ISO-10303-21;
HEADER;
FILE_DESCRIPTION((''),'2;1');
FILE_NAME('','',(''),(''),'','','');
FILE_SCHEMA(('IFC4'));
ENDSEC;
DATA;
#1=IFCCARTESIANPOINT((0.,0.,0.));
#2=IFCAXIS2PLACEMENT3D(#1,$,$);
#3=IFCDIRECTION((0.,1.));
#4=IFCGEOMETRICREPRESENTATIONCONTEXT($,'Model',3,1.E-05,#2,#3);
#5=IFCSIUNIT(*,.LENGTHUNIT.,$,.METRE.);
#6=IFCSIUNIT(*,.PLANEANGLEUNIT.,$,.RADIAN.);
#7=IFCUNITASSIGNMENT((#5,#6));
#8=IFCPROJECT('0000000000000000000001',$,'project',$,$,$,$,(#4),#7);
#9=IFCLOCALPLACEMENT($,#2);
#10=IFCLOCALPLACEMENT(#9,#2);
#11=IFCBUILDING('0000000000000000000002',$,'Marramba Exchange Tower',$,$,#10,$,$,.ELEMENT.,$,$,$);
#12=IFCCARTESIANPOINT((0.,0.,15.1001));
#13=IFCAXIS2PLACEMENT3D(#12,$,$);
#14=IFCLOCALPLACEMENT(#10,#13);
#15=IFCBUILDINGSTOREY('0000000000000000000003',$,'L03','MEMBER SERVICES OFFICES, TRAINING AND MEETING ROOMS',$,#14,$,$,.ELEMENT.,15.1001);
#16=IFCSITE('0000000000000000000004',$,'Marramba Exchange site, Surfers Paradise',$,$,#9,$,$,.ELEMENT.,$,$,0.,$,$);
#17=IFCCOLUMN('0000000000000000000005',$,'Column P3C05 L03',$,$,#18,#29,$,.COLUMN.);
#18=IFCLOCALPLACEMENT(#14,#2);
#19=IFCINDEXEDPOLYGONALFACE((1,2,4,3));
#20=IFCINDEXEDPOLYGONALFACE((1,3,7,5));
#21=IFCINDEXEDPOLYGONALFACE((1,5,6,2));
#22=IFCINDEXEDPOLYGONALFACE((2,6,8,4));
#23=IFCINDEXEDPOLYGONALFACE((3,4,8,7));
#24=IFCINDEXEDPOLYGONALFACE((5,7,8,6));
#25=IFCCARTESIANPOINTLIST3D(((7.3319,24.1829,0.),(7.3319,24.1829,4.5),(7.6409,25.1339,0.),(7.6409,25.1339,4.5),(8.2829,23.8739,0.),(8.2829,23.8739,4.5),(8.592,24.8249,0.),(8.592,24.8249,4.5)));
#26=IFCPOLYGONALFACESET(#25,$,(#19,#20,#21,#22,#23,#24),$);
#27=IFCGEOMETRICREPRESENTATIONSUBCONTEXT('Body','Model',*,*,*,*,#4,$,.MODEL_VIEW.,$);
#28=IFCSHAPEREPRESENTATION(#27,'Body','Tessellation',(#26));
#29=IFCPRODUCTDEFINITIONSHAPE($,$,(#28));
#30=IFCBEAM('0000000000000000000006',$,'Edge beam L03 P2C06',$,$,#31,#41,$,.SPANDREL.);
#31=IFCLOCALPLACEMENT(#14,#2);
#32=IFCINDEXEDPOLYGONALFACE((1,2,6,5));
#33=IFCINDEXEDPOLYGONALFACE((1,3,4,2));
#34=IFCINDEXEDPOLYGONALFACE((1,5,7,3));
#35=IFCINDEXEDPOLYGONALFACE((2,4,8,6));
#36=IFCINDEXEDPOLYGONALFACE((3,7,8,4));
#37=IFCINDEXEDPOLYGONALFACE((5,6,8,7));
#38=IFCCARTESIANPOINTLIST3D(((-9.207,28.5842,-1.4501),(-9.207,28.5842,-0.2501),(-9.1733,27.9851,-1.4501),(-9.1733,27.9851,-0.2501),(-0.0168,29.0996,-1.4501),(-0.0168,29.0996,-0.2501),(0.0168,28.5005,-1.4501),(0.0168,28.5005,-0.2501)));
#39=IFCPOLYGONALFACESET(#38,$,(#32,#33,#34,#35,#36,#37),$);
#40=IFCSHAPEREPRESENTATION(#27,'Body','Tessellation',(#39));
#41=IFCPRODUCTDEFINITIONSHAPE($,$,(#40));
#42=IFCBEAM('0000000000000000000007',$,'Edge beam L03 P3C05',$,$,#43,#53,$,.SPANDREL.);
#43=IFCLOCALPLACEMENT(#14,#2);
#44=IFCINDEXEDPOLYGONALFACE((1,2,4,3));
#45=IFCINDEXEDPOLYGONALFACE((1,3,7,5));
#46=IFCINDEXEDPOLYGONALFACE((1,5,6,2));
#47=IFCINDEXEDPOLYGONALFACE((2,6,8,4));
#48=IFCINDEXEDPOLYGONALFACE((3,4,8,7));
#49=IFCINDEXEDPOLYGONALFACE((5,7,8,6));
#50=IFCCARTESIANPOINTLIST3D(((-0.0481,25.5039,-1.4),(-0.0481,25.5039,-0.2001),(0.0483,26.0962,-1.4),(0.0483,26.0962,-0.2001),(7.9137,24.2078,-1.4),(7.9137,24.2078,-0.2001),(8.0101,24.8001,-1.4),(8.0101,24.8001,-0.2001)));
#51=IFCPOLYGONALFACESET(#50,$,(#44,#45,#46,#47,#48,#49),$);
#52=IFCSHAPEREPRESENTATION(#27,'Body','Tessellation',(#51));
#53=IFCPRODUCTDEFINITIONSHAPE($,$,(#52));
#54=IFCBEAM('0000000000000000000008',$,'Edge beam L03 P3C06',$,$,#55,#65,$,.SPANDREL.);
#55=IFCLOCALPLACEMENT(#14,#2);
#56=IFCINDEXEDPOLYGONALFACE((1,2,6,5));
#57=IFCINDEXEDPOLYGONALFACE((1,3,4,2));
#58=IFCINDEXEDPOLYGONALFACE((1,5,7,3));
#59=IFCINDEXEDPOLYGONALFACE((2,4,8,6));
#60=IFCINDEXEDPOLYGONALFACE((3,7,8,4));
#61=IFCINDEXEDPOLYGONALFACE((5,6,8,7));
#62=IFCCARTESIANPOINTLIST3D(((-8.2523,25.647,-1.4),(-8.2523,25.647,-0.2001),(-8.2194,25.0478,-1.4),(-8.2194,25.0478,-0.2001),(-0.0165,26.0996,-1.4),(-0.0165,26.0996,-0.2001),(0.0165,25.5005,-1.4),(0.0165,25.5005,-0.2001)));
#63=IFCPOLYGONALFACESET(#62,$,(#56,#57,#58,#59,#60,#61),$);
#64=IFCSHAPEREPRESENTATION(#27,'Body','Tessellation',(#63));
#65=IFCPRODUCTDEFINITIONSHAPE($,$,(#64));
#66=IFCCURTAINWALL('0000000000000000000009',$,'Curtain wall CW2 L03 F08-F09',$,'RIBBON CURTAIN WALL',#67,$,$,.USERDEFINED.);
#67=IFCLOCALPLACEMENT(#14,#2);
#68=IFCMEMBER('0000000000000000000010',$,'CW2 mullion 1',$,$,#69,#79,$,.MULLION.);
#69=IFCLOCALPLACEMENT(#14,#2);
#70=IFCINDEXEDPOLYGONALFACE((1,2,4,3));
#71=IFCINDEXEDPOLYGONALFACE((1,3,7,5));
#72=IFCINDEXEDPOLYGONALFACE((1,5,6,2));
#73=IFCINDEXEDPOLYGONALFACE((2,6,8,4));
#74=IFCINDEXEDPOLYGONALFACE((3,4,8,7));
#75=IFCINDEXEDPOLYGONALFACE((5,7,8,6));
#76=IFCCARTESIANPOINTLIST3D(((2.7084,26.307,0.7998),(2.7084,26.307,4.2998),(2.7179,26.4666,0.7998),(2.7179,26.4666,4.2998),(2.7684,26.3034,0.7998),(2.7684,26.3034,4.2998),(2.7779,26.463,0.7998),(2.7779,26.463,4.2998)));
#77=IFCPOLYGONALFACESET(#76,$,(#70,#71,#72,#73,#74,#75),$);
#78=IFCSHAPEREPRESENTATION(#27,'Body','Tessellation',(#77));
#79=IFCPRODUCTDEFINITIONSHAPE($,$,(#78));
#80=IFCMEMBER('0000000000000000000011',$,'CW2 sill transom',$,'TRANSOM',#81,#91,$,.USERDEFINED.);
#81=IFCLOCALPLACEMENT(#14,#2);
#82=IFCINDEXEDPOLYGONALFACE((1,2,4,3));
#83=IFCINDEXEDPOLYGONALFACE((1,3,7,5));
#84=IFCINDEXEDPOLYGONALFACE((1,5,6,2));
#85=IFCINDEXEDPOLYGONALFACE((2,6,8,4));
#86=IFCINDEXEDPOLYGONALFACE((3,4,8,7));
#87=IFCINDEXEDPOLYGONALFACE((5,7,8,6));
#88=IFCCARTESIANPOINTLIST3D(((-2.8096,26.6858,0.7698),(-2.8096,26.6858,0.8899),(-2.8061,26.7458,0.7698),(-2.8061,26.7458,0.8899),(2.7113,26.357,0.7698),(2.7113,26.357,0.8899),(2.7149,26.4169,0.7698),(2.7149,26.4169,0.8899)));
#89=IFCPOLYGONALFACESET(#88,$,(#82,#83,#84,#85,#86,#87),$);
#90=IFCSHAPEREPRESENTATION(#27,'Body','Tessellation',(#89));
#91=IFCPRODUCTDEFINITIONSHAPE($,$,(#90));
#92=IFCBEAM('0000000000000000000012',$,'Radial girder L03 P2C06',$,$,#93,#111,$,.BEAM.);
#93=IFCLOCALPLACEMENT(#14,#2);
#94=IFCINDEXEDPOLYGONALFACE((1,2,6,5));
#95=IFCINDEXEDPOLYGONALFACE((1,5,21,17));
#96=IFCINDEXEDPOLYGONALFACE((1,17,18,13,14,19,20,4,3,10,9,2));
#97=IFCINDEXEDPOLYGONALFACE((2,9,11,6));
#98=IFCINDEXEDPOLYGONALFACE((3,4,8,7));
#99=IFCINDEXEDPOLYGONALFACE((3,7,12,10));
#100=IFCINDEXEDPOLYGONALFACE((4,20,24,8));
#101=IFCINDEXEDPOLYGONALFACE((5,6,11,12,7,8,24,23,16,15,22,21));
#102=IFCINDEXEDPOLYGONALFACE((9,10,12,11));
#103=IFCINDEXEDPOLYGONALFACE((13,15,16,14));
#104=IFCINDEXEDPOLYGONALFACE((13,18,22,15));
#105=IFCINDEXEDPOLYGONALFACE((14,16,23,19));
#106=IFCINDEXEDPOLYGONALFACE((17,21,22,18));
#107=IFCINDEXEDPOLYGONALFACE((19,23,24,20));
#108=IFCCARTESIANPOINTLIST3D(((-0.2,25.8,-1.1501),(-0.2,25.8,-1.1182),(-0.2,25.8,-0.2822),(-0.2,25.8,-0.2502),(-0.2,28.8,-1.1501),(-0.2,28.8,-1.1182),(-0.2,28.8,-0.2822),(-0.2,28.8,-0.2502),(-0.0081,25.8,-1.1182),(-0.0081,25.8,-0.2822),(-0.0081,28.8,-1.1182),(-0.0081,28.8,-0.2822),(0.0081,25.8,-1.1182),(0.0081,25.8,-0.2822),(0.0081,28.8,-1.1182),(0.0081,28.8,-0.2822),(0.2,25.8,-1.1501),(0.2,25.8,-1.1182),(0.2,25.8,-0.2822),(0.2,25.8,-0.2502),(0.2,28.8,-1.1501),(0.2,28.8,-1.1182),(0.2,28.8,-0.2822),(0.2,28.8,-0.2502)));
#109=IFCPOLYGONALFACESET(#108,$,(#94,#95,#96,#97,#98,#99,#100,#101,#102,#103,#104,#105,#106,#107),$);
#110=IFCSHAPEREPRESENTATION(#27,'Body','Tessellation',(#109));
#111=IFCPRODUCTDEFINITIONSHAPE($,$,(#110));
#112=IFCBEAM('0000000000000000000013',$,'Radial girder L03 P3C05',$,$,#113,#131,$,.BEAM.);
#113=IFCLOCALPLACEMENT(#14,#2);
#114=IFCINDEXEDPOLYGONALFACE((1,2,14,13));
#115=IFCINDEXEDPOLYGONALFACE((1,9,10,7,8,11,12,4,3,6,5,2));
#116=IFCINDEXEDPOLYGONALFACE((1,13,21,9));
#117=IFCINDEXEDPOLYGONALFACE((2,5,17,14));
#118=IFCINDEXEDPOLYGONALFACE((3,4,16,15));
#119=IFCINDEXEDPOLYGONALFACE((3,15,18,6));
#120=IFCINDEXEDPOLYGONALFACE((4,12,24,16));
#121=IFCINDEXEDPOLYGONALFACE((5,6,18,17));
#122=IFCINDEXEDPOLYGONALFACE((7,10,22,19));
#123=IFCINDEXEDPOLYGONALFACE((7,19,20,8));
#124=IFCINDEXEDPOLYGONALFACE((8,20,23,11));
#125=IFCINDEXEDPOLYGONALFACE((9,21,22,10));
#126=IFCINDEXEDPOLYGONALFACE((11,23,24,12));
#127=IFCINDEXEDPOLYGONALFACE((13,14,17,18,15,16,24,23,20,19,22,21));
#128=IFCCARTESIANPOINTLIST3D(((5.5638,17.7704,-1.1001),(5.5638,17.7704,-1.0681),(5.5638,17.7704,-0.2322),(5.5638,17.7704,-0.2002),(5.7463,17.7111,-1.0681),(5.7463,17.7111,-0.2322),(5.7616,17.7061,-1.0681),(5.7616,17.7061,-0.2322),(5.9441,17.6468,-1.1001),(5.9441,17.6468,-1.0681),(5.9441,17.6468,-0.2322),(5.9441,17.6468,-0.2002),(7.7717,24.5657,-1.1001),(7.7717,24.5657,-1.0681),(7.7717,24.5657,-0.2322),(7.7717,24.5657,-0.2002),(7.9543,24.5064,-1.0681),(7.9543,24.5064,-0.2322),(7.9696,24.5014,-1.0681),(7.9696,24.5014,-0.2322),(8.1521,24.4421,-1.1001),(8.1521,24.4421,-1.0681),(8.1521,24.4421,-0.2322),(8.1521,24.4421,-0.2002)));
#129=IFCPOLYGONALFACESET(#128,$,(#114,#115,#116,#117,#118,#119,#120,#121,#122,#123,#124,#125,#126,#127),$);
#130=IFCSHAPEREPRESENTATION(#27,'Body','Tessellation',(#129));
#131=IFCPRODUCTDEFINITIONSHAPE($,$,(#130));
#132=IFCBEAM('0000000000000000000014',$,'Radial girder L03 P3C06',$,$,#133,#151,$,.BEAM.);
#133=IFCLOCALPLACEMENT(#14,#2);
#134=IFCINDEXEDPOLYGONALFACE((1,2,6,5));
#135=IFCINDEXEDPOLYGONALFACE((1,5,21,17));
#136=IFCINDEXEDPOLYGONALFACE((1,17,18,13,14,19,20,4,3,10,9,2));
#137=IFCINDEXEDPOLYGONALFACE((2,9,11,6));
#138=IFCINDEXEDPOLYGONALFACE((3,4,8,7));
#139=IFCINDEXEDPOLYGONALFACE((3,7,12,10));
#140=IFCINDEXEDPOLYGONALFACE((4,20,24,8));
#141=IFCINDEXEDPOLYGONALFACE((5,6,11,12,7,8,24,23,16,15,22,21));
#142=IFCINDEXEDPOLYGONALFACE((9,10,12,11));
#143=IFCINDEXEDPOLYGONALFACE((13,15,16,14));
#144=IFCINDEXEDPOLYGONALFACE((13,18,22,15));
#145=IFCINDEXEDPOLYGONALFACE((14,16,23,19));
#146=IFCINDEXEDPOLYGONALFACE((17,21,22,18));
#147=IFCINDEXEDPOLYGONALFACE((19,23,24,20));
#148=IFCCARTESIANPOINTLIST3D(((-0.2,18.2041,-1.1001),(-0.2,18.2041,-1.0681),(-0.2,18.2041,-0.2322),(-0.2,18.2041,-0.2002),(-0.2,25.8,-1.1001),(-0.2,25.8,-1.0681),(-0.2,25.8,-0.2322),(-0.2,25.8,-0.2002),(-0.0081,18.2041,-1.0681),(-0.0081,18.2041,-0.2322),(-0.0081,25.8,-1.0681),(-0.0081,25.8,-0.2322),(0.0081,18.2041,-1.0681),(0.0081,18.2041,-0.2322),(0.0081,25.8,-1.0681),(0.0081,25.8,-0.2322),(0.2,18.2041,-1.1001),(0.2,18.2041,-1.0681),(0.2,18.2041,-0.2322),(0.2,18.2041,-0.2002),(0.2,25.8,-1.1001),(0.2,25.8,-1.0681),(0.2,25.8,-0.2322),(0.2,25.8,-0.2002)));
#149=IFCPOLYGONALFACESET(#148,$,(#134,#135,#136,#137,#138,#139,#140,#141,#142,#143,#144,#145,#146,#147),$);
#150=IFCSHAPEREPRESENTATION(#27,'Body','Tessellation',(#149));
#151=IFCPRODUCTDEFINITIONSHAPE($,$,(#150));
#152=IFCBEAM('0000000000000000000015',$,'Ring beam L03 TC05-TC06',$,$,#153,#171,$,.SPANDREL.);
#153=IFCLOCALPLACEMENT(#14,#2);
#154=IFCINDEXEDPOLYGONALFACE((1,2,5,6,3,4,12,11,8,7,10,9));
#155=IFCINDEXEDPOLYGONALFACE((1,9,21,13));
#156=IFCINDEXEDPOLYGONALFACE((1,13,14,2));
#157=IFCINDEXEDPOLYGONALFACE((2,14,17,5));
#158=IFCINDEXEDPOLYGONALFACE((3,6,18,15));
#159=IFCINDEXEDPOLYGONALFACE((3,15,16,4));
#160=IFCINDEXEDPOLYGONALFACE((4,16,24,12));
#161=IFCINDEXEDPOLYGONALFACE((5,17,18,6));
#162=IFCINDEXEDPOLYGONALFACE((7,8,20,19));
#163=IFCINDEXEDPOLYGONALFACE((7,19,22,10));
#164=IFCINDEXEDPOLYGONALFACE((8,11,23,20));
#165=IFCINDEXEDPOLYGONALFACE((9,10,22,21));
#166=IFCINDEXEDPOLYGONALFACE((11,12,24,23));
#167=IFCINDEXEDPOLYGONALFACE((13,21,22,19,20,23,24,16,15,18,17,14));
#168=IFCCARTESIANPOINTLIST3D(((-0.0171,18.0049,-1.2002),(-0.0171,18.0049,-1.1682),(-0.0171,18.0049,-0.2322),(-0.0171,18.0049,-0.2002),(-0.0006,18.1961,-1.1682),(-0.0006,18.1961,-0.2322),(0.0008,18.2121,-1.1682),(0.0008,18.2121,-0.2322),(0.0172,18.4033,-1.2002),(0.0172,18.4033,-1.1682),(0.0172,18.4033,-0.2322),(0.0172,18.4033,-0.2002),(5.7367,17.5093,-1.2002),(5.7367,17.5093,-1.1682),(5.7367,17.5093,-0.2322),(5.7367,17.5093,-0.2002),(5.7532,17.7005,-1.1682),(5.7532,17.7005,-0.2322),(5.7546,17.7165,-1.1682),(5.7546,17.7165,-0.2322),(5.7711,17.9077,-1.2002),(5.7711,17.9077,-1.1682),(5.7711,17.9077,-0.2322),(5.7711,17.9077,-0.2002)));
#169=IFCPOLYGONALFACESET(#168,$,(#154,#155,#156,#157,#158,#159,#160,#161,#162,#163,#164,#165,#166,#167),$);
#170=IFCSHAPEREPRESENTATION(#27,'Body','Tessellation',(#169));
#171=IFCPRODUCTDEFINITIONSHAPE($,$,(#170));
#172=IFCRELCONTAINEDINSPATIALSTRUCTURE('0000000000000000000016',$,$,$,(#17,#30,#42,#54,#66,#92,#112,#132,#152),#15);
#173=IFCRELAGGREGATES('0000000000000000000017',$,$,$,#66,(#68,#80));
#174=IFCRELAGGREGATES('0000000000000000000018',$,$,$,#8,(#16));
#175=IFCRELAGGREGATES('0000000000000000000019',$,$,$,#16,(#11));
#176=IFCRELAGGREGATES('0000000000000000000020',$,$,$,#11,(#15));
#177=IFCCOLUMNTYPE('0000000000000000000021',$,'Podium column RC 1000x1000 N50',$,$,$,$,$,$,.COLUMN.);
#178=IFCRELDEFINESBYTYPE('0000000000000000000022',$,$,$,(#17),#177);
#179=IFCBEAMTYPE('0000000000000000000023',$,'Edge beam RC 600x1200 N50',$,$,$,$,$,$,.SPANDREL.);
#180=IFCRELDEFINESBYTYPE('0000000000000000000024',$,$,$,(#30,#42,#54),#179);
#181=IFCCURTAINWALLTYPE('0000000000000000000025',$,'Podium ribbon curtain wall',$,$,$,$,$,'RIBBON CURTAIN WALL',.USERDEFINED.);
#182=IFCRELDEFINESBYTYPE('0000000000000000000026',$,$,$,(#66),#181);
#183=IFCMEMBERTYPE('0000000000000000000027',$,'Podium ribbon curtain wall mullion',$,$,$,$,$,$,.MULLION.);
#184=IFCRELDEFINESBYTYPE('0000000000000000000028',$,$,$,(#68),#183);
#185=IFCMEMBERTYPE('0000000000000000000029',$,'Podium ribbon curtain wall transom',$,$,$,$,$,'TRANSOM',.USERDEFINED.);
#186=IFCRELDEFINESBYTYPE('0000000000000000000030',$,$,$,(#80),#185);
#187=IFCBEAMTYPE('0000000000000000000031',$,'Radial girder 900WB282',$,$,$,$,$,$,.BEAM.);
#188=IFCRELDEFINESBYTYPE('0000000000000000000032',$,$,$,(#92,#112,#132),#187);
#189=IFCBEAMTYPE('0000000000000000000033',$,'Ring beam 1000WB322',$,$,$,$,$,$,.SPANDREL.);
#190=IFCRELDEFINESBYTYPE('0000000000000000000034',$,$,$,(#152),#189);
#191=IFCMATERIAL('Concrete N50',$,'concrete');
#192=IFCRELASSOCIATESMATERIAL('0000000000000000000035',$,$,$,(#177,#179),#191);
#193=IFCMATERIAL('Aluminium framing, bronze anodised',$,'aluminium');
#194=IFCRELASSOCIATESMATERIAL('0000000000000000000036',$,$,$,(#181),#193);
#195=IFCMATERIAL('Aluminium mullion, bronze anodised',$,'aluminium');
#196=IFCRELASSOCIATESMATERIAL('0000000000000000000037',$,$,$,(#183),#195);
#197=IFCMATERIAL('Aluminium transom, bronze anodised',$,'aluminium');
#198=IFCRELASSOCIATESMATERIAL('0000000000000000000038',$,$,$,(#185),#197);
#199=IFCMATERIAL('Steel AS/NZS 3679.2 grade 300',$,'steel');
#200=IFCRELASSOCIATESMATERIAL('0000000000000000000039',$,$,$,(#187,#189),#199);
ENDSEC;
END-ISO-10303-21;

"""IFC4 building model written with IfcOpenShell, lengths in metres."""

from ifc_helpers import new_model, si_unit, direction, frame, origin, origin_2d, place, context, subcontext, project, spatial, rectangle, i_section, extrude, material, material_profile, profile_set, type_object, element, aggregate, save


model = new_model("IFC4")

# Units and contexts
model_context = context("Model", 3, precision=1e-05, world=origin(), true_north=direction((0.0, 1.0)))
body_context = subcontext(model_context, "Body", "Model", "MODEL_VIEW")
ifc_project = project(units=[si_unit("LENGTHUNIT", "METRE"), si_unit("PLANEANGLEUNIT", "RADIAN")], contexts=[model_context])

# Site, building, storey
site_placement = place(None, origin())
site = spatial("IfcSite", under=ifc_project, at=site_placement, Name="Marramba Exchange site, Surfers Paradise", CompositionType="ELEMENT", RefElevation=0.0)
building_placement = place(site_placement, origin())
building = spatial("IfcBuilding", under=site, at=building_placement, Name="Marramba Exchange Tower", CompositionType="ELEMENT")
storey_placement = place(building_placement, frame((0.0, 0.0, 15.1001)))
storey = spatial("IfcBuildingStorey", under=building, at=storey_placement, Name="L03", Description="MEMBER SERVICES OFFICES, TRAINING AND MEETING ROOMS", CompositionType="ELEMENT", Elevation=15.1001)

# Column
ifc_material_1 = material(Name="Concrete N50", Category="concrete")
ifc_material_profile_1 = material_profile(ifc_material_1, rectangle(XDim=1.0, YDim=1.0, at=origin_2d()), Name="RC 1000x1000")
ifc_profile_set_1 = profile_set([ifc_material_profile_1], Name="Concrete N50")
column_type = type_object("IfcColumnType", Name="Podium column RC 1000x1000 N50", PredefinedType="COLUMN", material=ifc_profile_set_1)
column_placement = place(storey_placement, frame((7.9619, 24.5039, 0.0), z_axis=(0.0, 0.0, 1.0), x_axis=(0.309017, 0.951057, 0.0)))
element("IfcColumn", 1, at=column_placement, inside=storey, type_object=column_type, Name="Column P3C05 L03", PredefinedType="COLUMN", context=body_context, shape_type="SweptSolid", body=[
    extrude(rectangle(XDim=1.0, YDim=1.0, at=origin_2d()), origin(), (0.0, 0.0, 1.0), 4.5),
])

# Beams
ifc_material_profile_2 = material_profile(ifc_material_1, rectangle(XDim=0.6001, YDim=1.2, at=origin_2d()), Name="RC 600x1200")
ifc_profile_set_2 = profile_set([ifc_material_profile_2], Name="Concrete N50")
beam_type_1 = type_object("IfcBeamType", Name="Edge beam RC 600x1200 N50", PredefinedType="SPANDREL", material=ifc_profile_set_2)
beam_1_placement = place(storey_placement, frame((0.0, 28.8, -0.8501), z_axis=(-0.998431, -0.055992, 0.0), x_axis=(0.055992, -0.998431, 0.0)))
element("IfcBeam", 2, at=beam_1_placement, inside=storey, type_object=beam_type_1, Name="Edge beam L03 P2C06", PredefinedType="SPANDREL", context=body_context, shape_type="SweptSolid", body=[
    extrude(rectangle(XDim=0.6001, YDim=1.2, at=origin_2d()), origin(), (0.0, 0.0, 1.0), 9.2046),
])
beam_2_placement = place(storey_placement, frame((7.9619, 24.5039, -0.8), z_axis=(-0.987007, 0.160678, 0.0), x_axis=(-0.160678, -0.987007, 0.0)))
element("IfcBeam", 3, at=beam_2_placement, inside=storey, type_object=beam_type_1, Name="Edge beam L03 P3C05", PredefinedType="SPANDREL", context=body_context, shape_type="SweptSolid", body=[
    extrude(rectangle(XDim=0.6001, YDim=1.2, at=origin_2d()), origin(), (0.0, 0.0, 1.0), 8.0667),
])
beam_3_placement = place(storey_placement, frame((0.0, 25.8, -0.8), z_axis=(-0.998493, -0.054877, 0.0), x_axis=(0.054877, -0.998493, 0.0)))
element("IfcBeam", 4, at=beam_3_placement, inside=storey, type_object=beam_type_1, Name="Edge beam L03 P3C06", PredefinedType="SPANDREL", context=body_context, shape_type="SweptSolid", body=[
    extrude(rectangle(XDim=0.6001, YDim=1.2, at=origin_2d()), origin(), (0.0, 0.0, 1.0), 8.2483),
])

# Curtain wall, members
ifc_material_2 = material(Name="Aluminium framing, bronze anodised", Category="aluminium")
curtain_wall_type = type_object("IfcCurtainWallType", Name="Podium ribbon curtain wall", ElementType="RIBBON CURTAIN WALL", PredefinedType="USERDEFINED", material=ifc_material_2)
curtain_wall_placement = place(storey_placement, origin())
curtain_wall = element("IfcCurtainWall", 5, at=curtain_wall_placement, inside=storey, type_object=curtain_wall_type, Name="Curtain wall CW2 L03 F08-F09", ObjectType="RIBBON CURTAIN WALL", PredefinedType="USERDEFINED")
ifc_material_3 = material(Name="Aluminium mullion, bronze anodised", Category="aluminium")
ifc_material_profile_3 = material_profile(ifc_material_3, rectangle(XDim=0.1599, YDim=0.0601, at=origin_2d()), Name="CW2 mullion 60x160")
ifc_profile_set_3 = profile_set([ifc_material_profile_3], Name="Aluminium mullion, bronze anodised")
member_type_1 = type_object("IfcMemberType", Name="Podium ribbon curtain wall mullion", PredefinedType="MULLION", material=ifc_profile_set_3)
member_1_placement = place(storey_placement, frame((2.7432, 26.385, 0.7998), z_axis=(0.0, 0.0, 1.0), x_axis=(-0.059468, -0.99823, 0.0)))
member_1 = element("IfcMember", 6, at=member_1_placement, type_object=member_type_1, Name="CW2 mullion 1", PredefinedType="MULLION", context=body_context, shape_type="SweptSolid", body=[
    extrude(rectangle(XDim=0.1599, YDim=0.0601, at=origin_2d()), origin(), (0.0, 0.0, 1.0), 3.5),
])
ifc_material_4 = material(Name="Aluminium transom, bronze anodised", Category="aluminium")
ifc_material_profile_4 = material_profile(ifc_material_4, rectangle(XDim=0.0601, YDim=0.1201, at=origin_2d()), Name="CW2 transom 60x120")
ifc_profile_set_4 = profile_set([ifc_material_profile_4], Name="Aluminium transom, bronze anodised")
member_type_2 = type_object("IfcMemberType", Name="Podium ribbon curtain wall transom", ElementType="TRANSOM", PredefinedType="USERDEFINED", material=ifc_profile_set_4)
member_2_placement = place(storey_placement, frame((2.7131, 26.387, 0.8298), z_axis=(-0.998231, 0.059459, 0.0), x_axis=(-0.059459, -0.998231, 0.0)))
member_2 = element("IfcMember", 7, at=member_2_placement, type_object=member_type_2, Name="CW2 sill transom", ObjectType="TRANSOM", PredefinedType="USERDEFINED", context=body_context, shape_type="SweptSolid", body=[
    extrude(rectangle(XDim=0.0601, YDim=0.1201, at=origin_2d()), origin(), (0.0, 0.0, 1.0), 5.5308),
])
aggregate(curtain_wall, [member_1, member_2])

# Beams
ifc_material_5 = material(Name="Steel AS/NZS 3679.2 grade 300", Category="steel")
ifc_material_profile_5 = material_profile(ifc_material_5, i_section(OverallWidth=0.3999, OverallDepth=0.8999, WebThickness=0.0161, FlangeThickness=0.032, at=origin_2d()), Name="900WB282")
ifc_profile_set_5 = profile_set([ifc_material_profile_5], Name="Steel AS/NZS 3679.2 grade 300")
beam_type_2 = type_object("IfcBeamType", Name="Radial girder 900WB282", PredefinedType="BEAM", material=ifc_profile_set_5)
beam_4_placement = place(storey_placement, frame((0.0, 28.8, -0.7002), z_axis=(0.0, -1.0, 0.0), x_axis=(1.0, 0.0, 0.0)))
element("IfcBeam", 8, at=beam_4_placement, inside=storey, type_object=beam_type_2, Name="Radial girder L03 P2C06", PredefinedType="BEAM", context=body_context, shape_type="SweptSolid", body=[
    extrude(i_section(OverallWidth=0.3999, OverallDepth=0.8999, WebThickness=0.0161, FlangeThickness=0.032, at=origin_2d()), origin(), (0.0, 0.0, 1.0), 3.0),
])
beam_5_placement = place(storey_placement, frame((7.9619, 24.5039, -0.6501), z_axis=(-0.309023, -0.951055, 0.0), x_axis=(0.951055, -0.309023, 0.0)))
element("IfcBeam", 9, at=beam_5_placement, inside=storey, type_object=beam_type_2, Name="Radial girder L03 P3C05", PredefinedType="BEAM", context=body_context, shape_type="SweptSolid", body=[
    extrude(i_section(OverallWidth=0.3999, OverallDepth=0.8999, WebThickness=0.0161, FlangeThickness=0.032, at=origin_2d()), origin(), (0.0, 0.0, 1.0), 7.145),
])
beam_6_placement = place(storey_placement, frame((0.0, 25.8, -0.6501), z_axis=(0.0, -1.0, 0.0), x_axis=(1.0, 0.0, 0.0)))
element("IfcBeam", 10, at=beam_6_placement, inside=storey, type_object=beam_type_2, Name="Radial girder L03 P3C06", PredefinedType="BEAM", context=body_context, shape_type="SweptSolid", body=[
    extrude(i_section(OverallWidth=0.3999, OverallDepth=0.8999, WebThickness=0.0161, FlangeThickness=0.032, at=origin_2d()), origin(), (0.0, 0.0, 1.0), 7.5959),
])
ifc_material_profile_6 = material_profile(ifc_material_5, i_section(OverallWidth=0.3999, OverallDepth=1.0, WebThickness=0.0161, FlangeThickness=0.032, at=origin_2d()), Name="1000WB322")
ifc_profile_set_6 = profile_set([ifc_material_profile_6], Name="Steel AS/NZS 3679.2 grade 300")
beam_type_3 = type_object("IfcBeamType", Name="Ring beam 1000WB322", PredefinedType="SPANDREL", material=ifc_profile_set_6)
for number, where, z_axis, x_axis, name in (
    (11, (5.7539, 17.7085, -0.7002), (-0.996311, 0.085816, 0.0), (-0.085816, -0.996311, 0.0), "Ring beam L03 TC05-TC06"),
):
    element("IfcBeam", number, at=place(storey_placement, frame(where, z_axis=z_axis, x_axis=x_axis)), inside=storey, type_object=beam_type_3, Name=name, PredefinedType="SPANDREL", context=body_context, shape_type="SweptSolid", body=[
        extrude(i_section(OverallWidth=0.3999, OverallDepth=1.0, WebThickness=0.0161, FlangeThickness=0.032, at=origin_2d()), origin(), (0.0, 0.0, 1.0), 5.7751),
    ])

save(model, "model.ifc")
